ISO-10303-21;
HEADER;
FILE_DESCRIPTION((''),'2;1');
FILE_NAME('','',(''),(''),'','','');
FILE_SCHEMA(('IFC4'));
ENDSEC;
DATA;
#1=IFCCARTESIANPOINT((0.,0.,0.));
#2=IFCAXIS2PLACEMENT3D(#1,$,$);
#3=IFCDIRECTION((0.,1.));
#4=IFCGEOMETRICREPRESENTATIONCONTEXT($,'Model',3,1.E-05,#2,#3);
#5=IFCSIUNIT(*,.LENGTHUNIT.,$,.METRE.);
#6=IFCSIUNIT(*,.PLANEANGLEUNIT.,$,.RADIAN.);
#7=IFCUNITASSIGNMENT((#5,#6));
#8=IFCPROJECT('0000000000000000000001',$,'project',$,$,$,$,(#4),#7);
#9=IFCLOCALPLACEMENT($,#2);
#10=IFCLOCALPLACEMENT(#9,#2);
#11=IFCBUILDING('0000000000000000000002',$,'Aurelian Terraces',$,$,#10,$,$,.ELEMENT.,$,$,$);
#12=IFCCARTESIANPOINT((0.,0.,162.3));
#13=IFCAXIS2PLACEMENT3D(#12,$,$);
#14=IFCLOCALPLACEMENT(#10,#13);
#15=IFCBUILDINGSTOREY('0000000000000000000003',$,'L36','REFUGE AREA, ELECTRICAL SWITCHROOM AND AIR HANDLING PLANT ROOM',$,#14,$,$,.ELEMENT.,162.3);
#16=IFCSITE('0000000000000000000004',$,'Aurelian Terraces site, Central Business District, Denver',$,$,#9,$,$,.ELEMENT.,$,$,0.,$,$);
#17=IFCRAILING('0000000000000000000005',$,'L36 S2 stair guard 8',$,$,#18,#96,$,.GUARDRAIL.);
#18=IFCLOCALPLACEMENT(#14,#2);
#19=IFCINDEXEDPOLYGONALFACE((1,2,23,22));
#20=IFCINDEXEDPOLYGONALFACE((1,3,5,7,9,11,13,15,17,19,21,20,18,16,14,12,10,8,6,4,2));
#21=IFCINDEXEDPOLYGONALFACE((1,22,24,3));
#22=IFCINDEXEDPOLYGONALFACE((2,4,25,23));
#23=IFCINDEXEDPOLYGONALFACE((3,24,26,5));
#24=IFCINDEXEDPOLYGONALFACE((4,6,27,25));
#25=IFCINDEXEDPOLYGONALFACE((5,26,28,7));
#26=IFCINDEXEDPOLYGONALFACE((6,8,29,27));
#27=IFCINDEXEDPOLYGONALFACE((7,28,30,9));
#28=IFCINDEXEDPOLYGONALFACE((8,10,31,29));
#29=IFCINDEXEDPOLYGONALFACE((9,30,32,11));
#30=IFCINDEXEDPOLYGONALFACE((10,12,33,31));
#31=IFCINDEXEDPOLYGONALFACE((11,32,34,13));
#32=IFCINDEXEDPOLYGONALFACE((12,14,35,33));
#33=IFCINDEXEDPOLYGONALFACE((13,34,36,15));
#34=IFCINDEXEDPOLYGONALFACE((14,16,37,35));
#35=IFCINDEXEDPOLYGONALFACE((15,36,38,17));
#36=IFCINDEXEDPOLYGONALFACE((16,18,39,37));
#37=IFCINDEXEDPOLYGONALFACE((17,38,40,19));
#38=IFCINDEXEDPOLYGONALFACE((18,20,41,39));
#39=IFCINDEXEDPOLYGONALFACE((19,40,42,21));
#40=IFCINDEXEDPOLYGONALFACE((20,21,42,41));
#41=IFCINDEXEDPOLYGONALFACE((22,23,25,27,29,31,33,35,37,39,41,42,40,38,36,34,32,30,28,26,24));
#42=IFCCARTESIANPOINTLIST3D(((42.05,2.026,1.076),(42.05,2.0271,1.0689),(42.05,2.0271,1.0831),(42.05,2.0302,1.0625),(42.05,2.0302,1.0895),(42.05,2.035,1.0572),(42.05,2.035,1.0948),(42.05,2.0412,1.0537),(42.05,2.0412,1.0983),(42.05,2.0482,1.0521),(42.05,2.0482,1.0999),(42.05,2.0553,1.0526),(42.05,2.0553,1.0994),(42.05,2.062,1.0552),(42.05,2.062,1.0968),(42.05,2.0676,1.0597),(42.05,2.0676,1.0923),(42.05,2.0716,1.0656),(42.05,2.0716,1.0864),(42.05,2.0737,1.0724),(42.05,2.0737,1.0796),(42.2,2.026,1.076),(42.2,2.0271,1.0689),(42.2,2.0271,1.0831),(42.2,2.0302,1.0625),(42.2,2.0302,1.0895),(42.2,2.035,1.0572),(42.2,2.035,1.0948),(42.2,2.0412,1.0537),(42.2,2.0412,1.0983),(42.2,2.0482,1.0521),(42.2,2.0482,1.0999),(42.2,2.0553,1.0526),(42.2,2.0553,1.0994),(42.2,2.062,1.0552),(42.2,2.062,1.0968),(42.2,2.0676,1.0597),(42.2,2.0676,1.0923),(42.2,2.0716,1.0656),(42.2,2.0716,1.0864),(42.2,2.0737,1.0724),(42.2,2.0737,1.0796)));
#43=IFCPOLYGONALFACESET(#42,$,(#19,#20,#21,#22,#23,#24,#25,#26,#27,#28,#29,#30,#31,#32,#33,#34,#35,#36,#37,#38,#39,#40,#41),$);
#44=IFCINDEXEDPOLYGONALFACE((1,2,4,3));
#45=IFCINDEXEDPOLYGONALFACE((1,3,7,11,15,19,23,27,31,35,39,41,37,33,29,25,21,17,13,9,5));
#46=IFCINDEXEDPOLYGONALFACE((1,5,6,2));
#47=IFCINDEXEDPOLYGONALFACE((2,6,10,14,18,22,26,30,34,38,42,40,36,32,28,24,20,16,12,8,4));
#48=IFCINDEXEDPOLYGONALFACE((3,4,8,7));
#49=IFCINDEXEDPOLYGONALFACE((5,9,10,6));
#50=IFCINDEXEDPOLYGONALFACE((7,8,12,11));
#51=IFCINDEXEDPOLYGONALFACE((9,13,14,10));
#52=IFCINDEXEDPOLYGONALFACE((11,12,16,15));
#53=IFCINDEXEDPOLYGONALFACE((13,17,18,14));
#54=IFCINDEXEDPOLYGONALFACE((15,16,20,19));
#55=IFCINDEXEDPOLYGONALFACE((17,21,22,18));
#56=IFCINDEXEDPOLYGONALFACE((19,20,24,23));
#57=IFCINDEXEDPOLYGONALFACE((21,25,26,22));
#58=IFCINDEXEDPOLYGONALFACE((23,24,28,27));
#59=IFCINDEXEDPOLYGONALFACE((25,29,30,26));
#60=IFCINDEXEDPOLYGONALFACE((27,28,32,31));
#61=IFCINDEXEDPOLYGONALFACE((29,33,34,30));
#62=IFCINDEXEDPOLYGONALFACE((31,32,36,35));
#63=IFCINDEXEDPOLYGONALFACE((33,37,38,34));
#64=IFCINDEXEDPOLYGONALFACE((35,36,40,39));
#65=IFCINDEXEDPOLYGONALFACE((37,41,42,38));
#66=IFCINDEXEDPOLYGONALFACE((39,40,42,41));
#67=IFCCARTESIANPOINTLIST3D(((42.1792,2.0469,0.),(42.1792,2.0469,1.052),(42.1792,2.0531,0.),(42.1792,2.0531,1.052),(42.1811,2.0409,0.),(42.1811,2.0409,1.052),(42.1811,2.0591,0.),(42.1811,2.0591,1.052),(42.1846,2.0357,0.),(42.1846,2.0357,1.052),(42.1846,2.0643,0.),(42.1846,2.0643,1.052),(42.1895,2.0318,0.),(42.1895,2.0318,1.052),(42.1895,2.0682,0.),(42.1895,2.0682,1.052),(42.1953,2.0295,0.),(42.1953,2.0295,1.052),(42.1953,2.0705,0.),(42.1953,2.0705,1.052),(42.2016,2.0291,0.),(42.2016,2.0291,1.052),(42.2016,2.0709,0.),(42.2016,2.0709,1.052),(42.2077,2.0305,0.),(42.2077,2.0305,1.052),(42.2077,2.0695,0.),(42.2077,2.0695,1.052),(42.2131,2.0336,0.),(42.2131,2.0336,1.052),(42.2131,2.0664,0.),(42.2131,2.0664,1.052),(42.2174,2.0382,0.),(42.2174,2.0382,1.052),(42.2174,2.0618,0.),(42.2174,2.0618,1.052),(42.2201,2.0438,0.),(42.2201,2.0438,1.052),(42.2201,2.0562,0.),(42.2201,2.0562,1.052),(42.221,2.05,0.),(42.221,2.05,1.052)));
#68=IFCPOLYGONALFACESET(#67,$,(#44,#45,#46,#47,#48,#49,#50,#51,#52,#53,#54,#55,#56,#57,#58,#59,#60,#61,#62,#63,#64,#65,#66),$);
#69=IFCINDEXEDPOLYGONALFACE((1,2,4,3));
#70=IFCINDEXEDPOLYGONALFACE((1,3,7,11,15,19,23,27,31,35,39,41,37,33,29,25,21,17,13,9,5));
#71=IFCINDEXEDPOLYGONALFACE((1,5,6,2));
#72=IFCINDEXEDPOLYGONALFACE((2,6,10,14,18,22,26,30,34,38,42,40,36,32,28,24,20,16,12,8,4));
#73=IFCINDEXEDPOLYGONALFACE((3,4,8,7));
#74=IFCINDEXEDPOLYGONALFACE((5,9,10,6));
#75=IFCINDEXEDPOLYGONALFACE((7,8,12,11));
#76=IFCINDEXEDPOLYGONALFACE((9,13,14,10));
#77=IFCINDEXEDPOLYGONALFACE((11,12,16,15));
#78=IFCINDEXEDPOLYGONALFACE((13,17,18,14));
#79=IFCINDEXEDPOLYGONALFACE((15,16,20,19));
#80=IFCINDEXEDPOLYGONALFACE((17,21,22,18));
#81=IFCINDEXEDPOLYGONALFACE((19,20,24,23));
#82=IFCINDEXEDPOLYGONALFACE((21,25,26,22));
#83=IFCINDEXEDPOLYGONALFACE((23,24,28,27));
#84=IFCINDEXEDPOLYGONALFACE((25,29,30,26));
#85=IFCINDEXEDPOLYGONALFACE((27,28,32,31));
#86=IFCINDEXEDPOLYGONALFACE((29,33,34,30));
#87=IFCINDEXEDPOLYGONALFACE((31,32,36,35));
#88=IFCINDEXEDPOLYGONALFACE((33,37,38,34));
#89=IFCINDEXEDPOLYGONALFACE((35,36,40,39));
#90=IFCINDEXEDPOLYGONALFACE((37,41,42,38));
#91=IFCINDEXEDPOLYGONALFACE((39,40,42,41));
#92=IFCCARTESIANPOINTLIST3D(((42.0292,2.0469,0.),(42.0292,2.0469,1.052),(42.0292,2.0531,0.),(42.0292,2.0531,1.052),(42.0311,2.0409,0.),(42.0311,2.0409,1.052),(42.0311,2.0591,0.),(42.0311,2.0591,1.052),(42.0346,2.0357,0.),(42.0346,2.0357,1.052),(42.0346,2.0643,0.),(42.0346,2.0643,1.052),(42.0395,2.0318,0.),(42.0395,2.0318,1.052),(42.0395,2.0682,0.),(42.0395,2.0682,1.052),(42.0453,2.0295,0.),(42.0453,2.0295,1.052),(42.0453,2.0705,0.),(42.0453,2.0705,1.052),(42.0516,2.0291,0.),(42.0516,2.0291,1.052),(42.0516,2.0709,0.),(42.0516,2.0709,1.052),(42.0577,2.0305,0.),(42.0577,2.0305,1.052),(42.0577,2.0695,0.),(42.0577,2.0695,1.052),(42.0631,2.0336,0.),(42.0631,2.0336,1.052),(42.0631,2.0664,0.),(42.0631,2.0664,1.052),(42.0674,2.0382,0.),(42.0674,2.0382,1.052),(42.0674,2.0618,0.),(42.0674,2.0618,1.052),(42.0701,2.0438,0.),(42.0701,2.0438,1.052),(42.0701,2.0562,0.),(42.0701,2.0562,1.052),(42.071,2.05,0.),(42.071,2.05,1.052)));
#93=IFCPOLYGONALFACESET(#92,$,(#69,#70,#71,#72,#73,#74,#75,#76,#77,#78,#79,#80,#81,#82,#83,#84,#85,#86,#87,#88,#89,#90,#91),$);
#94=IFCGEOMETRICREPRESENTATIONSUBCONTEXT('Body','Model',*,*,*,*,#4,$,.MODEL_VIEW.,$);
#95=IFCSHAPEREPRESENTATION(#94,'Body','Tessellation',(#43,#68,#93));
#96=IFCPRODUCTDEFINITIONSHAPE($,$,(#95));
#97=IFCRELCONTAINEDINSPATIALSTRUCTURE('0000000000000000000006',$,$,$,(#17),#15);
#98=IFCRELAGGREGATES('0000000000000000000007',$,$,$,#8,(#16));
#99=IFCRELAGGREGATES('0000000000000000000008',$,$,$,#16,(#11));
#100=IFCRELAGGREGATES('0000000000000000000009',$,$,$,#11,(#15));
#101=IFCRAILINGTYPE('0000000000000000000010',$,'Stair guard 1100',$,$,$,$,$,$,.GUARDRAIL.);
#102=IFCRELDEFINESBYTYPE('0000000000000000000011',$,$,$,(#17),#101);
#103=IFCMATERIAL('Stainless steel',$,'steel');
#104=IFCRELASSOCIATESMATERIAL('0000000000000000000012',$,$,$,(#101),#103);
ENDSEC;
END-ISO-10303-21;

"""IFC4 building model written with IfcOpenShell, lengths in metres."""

from ifc_helpers import new_model, si_unit, direction, frame, origin, origin_2d, place, context, subcontext, project, spatial, circle, extrude, source, transform, mapped, material, type_object, element, save


model = new_model("IFC4")

# Units and contexts
model_context = context("Model", 3, precision=1e-05, world=origin(), true_north=direction((0.0, 1.0)))
body_context = subcontext(model_context, "Body", "Model", "MODEL_VIEW")
ifc_project = project(units=[si_unit("LENGTHUNIT", "METRE"), si_unit("PLANEANGLEUNIT", "RADIAN")], contexts=[model_context])

# Site, building, storey
site_placement = place(None, origin())
site = spatial("IfcSite", under=ifc_project, at=site_placement, Name="Aurelian Terraces site, Central Business District, Denver", CompositionType="ELEMENT", RefElevation=0.0)
building_placement = place(site_placement, origin())
building = spatial("IfcBuilding", under=site, at=building_placement, Name="Aurelian Terraces", CompositionType="ELEMENT")
storey_placement = place(building_placement, frame((0.0, 0.0, 162.3)))
storey = spatial("IfcBuildingStorey", under=building, at=storey_placement, Name="L36", Description="REFUGE AREA, ELECTRICAL SWITCHROOM AND AIR HANDLING PLANT ROOM", CompositionType="ELEMENT", Elevation=162.3)

# Railing
ifc_material_1 = material(Name="Stainless steel", Category="steel")
railing_type_1 = type_object("IfcRailingType", Name="Stair guard 1100", PredefinedType="GUARDRAIL", material=ifc_material_1)
shared_shape_1 = source(origin(), body_context, "Body", "SweptSolid", [
    extrude(circle(Radius=0.024, at=origin_2d()), frame((0.0, 0.0, 1.076), z_axis=(-1.0, 0.0, 0.0), x_axis=(0.0, -1.0, 0.0)), (0.0, 0.0, 1.0), 0.15),
    extrude(circle(Radius=0.021, at=origin_2d()), origin(), (0.0, 0.0, 1.0), 1.052),
    extrude(circle(Radius=0.021, at=origin_2d()), frame((-0.15, 0.0, 0.0)), (0.0, 0.0, 1.0), 1.052),
])
for number, where, name in (
    (1, (42.2, 2.05, 0.0), "L36 S2 stair guard 8"),
):
    element("IfcRailing", number, at=place(storey_placement, frame(where)), inside=storey, type_object=railing_type_1, Name=name, PredefinedType="GUARDRAIL", context=body_context, shape_type="MappedRepresentation", body=[
        mapped(shared_shape_1, transform((0.0, 0.0, 0.0), scale=1.0)),
    ])

save(model, "model.ifc")
